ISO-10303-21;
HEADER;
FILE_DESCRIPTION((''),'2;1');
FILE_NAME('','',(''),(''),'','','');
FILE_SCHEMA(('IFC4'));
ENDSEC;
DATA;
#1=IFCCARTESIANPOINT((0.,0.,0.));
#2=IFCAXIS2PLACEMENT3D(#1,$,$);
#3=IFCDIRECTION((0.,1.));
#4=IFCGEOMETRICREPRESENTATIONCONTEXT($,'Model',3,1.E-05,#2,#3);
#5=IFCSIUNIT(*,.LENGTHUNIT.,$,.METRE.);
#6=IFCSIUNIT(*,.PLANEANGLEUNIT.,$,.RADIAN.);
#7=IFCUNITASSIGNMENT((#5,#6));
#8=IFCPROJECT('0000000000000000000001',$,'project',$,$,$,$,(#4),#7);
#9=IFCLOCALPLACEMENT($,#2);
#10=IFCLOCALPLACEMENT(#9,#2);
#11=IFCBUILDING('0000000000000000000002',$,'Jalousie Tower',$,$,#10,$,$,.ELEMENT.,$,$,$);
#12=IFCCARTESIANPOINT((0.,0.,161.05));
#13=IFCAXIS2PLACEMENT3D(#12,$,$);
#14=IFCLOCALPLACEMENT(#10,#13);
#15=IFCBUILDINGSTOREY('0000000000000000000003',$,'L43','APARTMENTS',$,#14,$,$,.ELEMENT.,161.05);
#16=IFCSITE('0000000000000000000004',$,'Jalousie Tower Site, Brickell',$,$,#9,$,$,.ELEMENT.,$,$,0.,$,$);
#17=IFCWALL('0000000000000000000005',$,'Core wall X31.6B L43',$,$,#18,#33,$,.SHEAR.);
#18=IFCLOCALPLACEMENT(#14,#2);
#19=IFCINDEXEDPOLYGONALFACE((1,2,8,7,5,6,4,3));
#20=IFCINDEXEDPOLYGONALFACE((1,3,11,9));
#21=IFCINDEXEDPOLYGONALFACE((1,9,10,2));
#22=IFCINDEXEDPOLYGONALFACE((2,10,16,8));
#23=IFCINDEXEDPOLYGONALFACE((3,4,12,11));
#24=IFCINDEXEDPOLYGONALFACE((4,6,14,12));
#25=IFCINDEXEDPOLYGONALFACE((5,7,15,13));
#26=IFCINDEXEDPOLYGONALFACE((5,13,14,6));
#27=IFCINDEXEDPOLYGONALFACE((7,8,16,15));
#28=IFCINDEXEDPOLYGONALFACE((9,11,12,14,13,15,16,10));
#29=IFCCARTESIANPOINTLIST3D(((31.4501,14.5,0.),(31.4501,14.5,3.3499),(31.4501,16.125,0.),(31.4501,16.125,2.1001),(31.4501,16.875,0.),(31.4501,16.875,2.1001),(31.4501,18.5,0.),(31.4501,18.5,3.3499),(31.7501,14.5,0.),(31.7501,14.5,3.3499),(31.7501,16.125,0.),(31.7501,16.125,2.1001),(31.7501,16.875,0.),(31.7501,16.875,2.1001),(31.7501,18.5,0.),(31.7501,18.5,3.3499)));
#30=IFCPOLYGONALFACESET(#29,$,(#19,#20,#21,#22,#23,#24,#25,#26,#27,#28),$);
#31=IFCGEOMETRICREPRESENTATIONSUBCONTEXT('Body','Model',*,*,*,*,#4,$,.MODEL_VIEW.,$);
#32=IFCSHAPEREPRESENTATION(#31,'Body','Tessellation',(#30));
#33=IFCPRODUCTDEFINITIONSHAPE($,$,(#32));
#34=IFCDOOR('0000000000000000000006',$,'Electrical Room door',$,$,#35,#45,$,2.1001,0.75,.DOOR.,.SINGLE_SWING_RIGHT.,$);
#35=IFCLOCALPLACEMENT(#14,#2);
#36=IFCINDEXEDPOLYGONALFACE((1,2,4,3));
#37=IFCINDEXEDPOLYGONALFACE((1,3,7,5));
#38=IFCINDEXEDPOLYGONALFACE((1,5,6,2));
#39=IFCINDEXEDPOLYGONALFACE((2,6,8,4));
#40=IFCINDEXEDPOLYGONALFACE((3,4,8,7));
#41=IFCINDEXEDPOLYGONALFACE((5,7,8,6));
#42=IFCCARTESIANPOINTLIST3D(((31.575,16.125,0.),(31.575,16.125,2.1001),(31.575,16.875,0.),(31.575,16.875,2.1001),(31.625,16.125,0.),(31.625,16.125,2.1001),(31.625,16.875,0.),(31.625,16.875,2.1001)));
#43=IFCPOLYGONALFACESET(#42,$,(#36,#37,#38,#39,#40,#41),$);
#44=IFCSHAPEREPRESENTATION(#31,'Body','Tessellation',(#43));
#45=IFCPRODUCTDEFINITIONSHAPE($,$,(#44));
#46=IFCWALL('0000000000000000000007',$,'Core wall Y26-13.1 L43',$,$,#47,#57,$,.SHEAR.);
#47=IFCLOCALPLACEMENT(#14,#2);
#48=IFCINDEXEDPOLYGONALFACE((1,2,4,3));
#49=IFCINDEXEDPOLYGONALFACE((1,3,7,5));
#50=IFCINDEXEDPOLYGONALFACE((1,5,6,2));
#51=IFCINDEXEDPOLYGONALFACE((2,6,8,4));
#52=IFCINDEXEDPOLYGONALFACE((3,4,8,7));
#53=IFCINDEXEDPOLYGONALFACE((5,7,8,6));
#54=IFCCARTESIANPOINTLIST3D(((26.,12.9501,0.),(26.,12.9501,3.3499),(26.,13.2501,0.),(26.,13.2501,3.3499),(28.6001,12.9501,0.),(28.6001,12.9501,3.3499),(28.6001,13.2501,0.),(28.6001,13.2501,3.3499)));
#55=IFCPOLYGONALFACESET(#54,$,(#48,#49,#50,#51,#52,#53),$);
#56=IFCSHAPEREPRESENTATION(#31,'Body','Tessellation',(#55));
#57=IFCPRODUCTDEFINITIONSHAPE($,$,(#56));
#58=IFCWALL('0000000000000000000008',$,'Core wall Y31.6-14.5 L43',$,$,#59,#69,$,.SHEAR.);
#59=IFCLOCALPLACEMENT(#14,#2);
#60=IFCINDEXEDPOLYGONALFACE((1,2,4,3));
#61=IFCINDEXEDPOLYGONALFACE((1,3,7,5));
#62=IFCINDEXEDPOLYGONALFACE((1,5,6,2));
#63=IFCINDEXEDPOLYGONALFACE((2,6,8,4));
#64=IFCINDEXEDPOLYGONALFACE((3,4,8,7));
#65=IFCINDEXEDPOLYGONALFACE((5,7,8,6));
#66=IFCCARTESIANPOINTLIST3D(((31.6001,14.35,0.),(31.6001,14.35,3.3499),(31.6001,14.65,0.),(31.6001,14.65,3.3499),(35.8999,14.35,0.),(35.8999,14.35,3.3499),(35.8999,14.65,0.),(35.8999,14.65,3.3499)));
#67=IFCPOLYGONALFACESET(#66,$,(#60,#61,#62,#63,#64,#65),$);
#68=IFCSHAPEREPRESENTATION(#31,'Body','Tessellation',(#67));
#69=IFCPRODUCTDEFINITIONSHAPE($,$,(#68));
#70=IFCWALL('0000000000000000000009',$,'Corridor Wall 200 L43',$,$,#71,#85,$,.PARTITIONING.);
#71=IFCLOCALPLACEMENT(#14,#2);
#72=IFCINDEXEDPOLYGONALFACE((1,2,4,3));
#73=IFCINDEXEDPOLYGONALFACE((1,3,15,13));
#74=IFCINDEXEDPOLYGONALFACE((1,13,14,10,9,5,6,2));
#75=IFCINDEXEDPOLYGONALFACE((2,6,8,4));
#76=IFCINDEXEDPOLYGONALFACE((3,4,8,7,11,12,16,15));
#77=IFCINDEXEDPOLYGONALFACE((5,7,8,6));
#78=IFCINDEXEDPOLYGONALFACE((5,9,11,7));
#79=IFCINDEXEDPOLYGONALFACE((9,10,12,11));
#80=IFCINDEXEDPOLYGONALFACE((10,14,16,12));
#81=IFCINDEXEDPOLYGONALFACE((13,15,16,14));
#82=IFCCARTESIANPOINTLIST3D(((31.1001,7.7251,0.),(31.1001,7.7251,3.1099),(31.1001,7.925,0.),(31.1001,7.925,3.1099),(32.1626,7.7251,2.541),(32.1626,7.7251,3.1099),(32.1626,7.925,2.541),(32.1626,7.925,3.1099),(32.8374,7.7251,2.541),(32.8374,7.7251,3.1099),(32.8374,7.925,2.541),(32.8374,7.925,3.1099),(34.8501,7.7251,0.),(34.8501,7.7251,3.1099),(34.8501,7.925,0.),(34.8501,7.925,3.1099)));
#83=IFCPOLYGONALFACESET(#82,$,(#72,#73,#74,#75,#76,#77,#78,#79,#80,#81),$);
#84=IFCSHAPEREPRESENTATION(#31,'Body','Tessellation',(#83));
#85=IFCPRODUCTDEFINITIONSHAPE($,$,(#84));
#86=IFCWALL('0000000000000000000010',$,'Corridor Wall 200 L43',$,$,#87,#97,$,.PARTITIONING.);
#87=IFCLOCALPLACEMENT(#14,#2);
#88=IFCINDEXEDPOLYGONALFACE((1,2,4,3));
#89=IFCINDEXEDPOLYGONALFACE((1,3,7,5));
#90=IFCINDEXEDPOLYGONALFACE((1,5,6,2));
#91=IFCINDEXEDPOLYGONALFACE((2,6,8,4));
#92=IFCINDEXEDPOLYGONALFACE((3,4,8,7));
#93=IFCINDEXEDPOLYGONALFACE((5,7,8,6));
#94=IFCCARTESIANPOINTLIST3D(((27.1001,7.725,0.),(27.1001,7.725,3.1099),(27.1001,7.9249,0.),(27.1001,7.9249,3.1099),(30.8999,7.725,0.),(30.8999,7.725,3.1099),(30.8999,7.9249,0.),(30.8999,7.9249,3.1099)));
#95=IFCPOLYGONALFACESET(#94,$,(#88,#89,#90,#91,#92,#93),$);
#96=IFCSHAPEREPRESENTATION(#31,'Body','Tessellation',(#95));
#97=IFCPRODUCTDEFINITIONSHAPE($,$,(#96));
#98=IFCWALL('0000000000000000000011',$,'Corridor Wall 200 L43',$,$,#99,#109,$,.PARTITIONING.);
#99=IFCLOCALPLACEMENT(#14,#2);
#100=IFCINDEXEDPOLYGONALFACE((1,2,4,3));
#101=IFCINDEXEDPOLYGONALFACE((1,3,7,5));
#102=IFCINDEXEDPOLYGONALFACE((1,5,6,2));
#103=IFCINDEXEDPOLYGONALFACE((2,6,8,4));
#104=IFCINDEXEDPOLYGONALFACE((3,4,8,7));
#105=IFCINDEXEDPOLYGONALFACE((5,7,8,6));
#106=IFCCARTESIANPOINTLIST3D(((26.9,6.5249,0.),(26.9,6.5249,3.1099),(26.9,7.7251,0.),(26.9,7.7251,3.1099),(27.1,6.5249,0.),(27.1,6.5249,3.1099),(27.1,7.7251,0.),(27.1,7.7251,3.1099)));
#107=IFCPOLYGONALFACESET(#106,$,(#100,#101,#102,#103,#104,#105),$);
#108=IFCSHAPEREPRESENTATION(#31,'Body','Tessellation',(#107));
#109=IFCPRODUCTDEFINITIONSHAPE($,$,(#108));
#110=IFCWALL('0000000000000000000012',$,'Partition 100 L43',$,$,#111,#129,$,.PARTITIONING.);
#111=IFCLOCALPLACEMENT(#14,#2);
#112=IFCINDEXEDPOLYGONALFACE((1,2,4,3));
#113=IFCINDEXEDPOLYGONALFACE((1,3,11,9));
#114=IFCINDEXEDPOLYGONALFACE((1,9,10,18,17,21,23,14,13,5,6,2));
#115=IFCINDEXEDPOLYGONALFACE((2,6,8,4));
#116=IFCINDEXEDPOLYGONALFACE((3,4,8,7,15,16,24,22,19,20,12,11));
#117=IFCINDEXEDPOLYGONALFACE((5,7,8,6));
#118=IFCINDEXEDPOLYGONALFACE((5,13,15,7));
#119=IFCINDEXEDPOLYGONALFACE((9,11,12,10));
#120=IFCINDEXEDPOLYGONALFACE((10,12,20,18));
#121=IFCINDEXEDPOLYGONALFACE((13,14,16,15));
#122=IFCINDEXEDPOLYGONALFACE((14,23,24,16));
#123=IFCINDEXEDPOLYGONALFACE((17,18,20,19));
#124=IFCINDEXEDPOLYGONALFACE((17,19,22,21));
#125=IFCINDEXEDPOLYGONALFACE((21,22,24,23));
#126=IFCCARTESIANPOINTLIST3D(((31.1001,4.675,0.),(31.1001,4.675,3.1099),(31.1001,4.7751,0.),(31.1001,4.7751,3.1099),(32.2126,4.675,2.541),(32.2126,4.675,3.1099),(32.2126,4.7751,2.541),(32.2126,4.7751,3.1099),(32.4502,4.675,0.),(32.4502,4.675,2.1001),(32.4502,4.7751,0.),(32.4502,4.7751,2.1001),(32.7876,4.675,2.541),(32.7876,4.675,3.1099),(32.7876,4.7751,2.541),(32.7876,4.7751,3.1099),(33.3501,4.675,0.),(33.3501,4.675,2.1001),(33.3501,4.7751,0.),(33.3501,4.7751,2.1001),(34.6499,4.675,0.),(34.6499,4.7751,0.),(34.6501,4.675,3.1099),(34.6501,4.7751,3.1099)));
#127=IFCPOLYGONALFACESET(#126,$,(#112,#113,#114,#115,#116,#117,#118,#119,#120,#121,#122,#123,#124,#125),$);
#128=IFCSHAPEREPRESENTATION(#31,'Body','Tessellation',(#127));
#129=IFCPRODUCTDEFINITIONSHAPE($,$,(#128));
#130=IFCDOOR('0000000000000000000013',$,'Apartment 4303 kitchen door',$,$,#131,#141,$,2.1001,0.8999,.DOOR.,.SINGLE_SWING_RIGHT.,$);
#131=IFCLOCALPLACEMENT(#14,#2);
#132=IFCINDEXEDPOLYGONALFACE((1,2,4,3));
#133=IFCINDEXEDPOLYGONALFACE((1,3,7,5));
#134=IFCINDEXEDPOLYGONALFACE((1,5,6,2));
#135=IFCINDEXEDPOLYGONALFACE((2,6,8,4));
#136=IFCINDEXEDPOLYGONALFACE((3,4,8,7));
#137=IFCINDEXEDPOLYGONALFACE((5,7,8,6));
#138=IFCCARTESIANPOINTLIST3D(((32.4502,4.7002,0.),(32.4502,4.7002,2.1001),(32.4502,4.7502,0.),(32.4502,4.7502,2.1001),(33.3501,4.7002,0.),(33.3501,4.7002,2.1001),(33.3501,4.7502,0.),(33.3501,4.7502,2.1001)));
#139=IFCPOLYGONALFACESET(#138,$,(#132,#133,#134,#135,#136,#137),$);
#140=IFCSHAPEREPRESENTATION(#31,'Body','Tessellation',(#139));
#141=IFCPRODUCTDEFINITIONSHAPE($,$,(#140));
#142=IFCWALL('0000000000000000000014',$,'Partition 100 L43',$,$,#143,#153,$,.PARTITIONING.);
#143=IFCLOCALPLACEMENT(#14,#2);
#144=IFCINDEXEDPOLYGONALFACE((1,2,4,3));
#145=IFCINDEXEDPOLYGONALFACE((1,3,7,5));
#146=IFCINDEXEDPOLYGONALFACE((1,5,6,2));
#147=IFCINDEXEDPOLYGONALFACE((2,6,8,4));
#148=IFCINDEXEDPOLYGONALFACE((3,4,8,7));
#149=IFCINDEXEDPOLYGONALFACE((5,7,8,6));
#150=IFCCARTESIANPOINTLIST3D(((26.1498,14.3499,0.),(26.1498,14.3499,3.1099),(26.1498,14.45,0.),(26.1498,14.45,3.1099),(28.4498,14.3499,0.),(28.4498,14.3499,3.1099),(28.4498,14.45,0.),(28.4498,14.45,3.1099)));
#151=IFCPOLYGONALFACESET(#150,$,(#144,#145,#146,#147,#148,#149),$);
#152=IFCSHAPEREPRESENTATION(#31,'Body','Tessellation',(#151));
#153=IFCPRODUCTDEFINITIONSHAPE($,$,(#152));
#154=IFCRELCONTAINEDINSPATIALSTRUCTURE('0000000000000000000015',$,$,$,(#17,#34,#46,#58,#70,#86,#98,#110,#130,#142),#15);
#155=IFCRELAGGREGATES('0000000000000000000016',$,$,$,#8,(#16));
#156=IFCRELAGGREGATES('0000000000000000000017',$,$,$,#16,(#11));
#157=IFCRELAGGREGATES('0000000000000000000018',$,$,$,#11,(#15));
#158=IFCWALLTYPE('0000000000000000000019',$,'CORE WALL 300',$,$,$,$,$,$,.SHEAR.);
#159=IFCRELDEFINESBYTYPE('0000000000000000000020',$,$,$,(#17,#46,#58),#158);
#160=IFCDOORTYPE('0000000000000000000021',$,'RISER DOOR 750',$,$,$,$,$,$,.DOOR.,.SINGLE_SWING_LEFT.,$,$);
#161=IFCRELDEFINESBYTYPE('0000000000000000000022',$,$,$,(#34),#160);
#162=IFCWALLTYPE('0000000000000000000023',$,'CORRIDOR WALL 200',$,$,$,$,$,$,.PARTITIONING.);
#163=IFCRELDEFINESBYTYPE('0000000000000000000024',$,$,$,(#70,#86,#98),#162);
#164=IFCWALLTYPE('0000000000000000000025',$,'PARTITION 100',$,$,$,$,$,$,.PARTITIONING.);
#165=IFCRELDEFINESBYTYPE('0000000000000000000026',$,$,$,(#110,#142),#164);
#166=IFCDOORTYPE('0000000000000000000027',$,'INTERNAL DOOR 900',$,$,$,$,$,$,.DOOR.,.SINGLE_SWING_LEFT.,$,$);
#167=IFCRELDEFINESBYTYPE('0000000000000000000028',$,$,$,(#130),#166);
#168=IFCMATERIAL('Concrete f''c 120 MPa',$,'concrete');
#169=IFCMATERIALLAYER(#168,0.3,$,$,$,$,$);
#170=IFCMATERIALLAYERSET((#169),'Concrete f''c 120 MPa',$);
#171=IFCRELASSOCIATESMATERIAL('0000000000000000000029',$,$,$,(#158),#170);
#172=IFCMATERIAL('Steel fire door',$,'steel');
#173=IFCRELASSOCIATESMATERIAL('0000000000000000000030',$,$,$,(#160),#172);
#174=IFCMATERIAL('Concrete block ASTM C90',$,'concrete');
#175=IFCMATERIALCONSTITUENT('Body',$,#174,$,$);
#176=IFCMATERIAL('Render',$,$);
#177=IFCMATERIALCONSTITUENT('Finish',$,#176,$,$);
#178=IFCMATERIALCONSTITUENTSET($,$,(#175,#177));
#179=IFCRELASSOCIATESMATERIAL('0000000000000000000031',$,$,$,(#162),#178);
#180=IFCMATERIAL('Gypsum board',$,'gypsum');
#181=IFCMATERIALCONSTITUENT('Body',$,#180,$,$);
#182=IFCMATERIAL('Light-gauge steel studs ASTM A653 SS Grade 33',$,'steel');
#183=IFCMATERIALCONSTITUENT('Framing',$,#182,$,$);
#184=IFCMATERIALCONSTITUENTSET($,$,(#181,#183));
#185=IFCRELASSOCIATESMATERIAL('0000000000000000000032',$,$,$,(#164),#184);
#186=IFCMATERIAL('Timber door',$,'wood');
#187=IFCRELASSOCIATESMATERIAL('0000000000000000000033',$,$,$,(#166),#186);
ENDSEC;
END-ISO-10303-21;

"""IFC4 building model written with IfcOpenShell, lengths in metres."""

from ifc_helpers import new_model, si_unit, direction, frame, frame_2d, origin, place, context, subcontext, project, spatial, polyline, rectangle, outline, extrude, material, layer, layer_set, constituent, constituent_set, type_object, element, fill, save


model = new_model("IFC4")

# Units and contexts
model_context = context("Model", 3, precision=1e-05, world=origin(), true_north=direction((0.0, 1.0)))
body_context = subcontext(model_context, "Body", "Model", "MODEL_VIEW")
ifc_project = project(units=[si_unit("LENGTHUNIT", "METRE"), si_unit("PLANEANGLEUNIT", "RADIAN")], contexts=[model_context])

# Site, building, storey
site_placement = place(None, origin())
site = spatial("IfcSite", under=ifc_project, at=site_placement, Name="Jalousie Tower Site, Brickell", CompositionType="ELEMENT", RefElevation=0.0)
building_placement = place(site_placement, origin())
building = spatial("IfcBuilding", under=site, at=building_placement, Name="Jalousie Tower", CompositionType="ELEMENT")
storey_placement = place(building_placement, frame((0.0, 0.0, 161.05)))
storey = spatial("IfcBuildingStorey", under=building, at=storey_placement, Name="L43", Description="APARTMENTS", CompositionType="ELEMENT", Elevation=161.05)

# Shared definitions
ifc_material_1 = material(Name="Concrete f'c 120 MPa", Category="concrete")
ifc_layer_1 = layer(ifc_material_1, 0.3)
ifc_layer_set_1 = layer_set([ifc_layer_1], Name="Concrete f'c 120 MPa")
wall_type_1 = type_object("IfcWallType", Name="CORE WALL 300", PredefinedType="SHEAR", material=ifc_layer_set_1)

# Wall, opening, door
ifc_material_2 = material(Name="Steel fire door", Category="steel")
door_type_1 = type_object("IfcDoorType", Name="RISER DOOR 750", OperationType="SINGLE_SWING_LEFT", PredefinedType="DOOR", material=ifc_material_2)
wall_1_placement = place(storey_placement, frame((31.6001, 14.5, 0.0), z_axis=(0.0, 0.0, 1.0), x_axis=(0.0, 1.0, 0.0)))
wall_1 = element("IfcWall", 1, at=wall_1_placement, inside=storey, type_object=wall_type_1, Name="Core wall X31.6B L43", PredefinedType="SHEAR", context=body_context, shape_type="SweptSolid", body=[
    extrude(rectangle(XDim=4.0, YDim=0.3, at=frame_2d((2.0, 0.0))), origin(), (0.0, 0.0, 1.0), 3.3499),
])
opening_1_placement = place(wall_1_placement, frame((1.625, 0.0, 0.0)))
opening_1 = element("IfcOpeningElement", 2, at=opening_1_placement, cuts=wall_1, PredefinedType="OPENING", context=body_context, shape_type="SweptSolid", body=[
    extrude(rectangle(XDim=0.75, YDim=2.1001, at=frame_2d((0.375, 1.05))), frame((0.0, 0.1599, 0.0), z_axis=(0.0, -1.0, 0.0), x_axis=(1.0, 0.0, 0.0)), (0.0, 0.0, 1.0), 0.3201),
])
door_1_placement = place(opening_1_placement, frame((0.75, 0.0, 0.0), z_axis=(0.0, 0.0, 1.0), x_axis=(-1.0, 0.0, 0.0)))
door_1 = element("IfcDoor", 3, at=door_1_placement, inside=storey, type_object=door_type_1, Name="Electrical Room door", OperationType="SINGLE_SWING_RIGHT", OverallHeight=2.1001, OverallWidth=0.75, PredefinedType="DOOR", context=body_context, shape_type="SweptSolid", body=[
    extrude(rectangle(XDim=0.75, YDim=2.1001, at=frame_2d((0.375, 1.05))), frame((0.0, 0.0249, 0.0), z_axis=(0.0, -1.0, 0.0), x_axis=(1.0, 0.0, 0.0)), (0.0, 0.0, 1.0), 0.05),
])
fill(opening_1, door_1)

# Walls
wall_2_placement = place(storey_placement, frame((26.0, 13.1001, 0.0), z_axis=(0.0, 0.0, 1.0), x_axis=(1.0, 0.0, 0.0)))
element("IfcWall", 4, at=wall_2_placement, inside=storey, type_object=wall_type_1, Name="Core wall Y26-13.1 L43", PredefinedType="SHEAR", context=body_context, shape_type="SweptSolid", body=[
    extrude(rectangle(XDim=2.6001, YDim=0.3, at=frame_2d((1.3, 0.0))), origin(), (0.0, 0.0, 1.0), 3.3499),
])
wall_3_placement = place(storey_placement, frame((31.6001, 14.5, 0.0), z_axis=(0.0, 0.0, 1.0), x_axis=(1.0, 0.0, 0.0)))
element("IfcWall", 5, at=wall_3_placement, inside=storey, type_object=wall_type_1, Name="Core wall Y31.6-14.5 L43", PredefinedType="SHEAR", context=body_context, shape_type="SweptSolid", body=[
    extrude(rectangle(XDim=4.2998, YDim=0.3, at=frame_2d((2.1499, 0.0))), origin(), (0.0, 0.0, 1.0), 3.3499),
])
ifc_material_3 = material(Name="Concrete block ASTM C90", Category="concrete")
ifc_constituent_1 = constituent(ifc_material_3, Name="Body")
ifc_material_4 = material(Name="Render")
ifc_constituent_2 = constituent(ifc_material_4, Name="Finish")
ifc_constituent_set_1 = constituent_set(constituents=[ifc_constituent_1, ifc_constituent_2])
wall_type_2 = type_object("IfcWallType", Name="CORRIDOR WALL 200", PredefinedType="PARTITIONING", material=ifc_constituent_set_1)
wall_4_placement = place(storey_placement, frame((31.1001, 7.825, 0.0), z_axis=(0.0, 0.0, 1.0), x_axis=(1.0, 0.0, 0.0)))
element("IfcWall", 6, at=wall_4_placement, inside=storey, type_object=wall_type_2, Name="Corridor Wall 200 L43", PredefinedType="PARTITIONING", context=body_context, shape_type="SweptSolid", body=[
    extrude(outline(polyline([(0.0, 0.0), (3.75, 0.0), (3.75, 3.1099), (1.7373, 3.1099), (1.7373, 2.541), (1.0625, 2.541), (1.0625, 3.1099), (0.0, 3.1099), (0.0, 0.0)])), frame((0.0, 0.1001, 0.0), z_axis=(0.0, -1.0, 0.0), x_axis=(1.0, 0.0, 0.0)), (0.0, 0.0, 1.0), 0.2),
])
wall_5_placement = place(storey_placement, frame((27.1001, 7.825, 0.0), z_axis=(0.0, 0.0, 1.0), x_axis=(1.0, 0.0, 0.0)))
element("IfcWall", 7, at=wall_5_placement, inside=storey, type_object=wall_type_2, Name="Corridor Wall 200 L43", PredefinedType="PARTITIONING", context=body_context, shape_type="SweptSolid", body=[
    extrude(rectangle(XDim=3.7998, YDim=0.2, at=frame_2d((1.8999, 0.0))), origin(), (0.0, 0.0, 1.0), 3.1099),
])
wall_6_placement = place(storey_placement, frame((27.0, 7.7251, 0.0), z_axis=(0.0, 0.0, 1.0), x_axis=(0.0, -1.0, 0.0)))
element("IfcWall", 8, at=wall_6_placement, inside=storey, type_object=wall_type_2, Name="Corridor Wall 200 L43", PredefinedType="PARTITIONING", context=body_context, shape_type="SweptSolid", body=[
    extrude(rectangle(XDim=1.2002, YDim=0.2, at=frame_2d((0.6001, 0.0))), origin(), (0.0, 0.0, 1.0), 3.1099),
])

# Wall, opening, door
ifc_material_5 = material(Name="Gypsum board", Category="gypsum")
ifc_constituent_3 = constituent(ifc_material_5, Name="Body")
ifc_material_6 = material(Name="Light-gauge steel studs ASTM A653 SS Grade 33", Category="steel")
ifc_constituent_4 = constituent(ifc_material_6, Name="Framing")
ifc_constituent_set_2 = constituent_set(constituents=[ifc_constituent_3, ifc_constituent_4])
wall_type_3 = type_object("IfcWallType", Name="PARTITION 100", PredefinedType="PARTITIONING", material=ifc_constituent_set_2)
wall_7_placement = place(storey_placement, frame((31.1001, 4.7251, 0.0), z_axis=(0.0, 0.0, 1.0), x_axis=(1.0, 0.0, 0.0)))
wall_7 = element("IfcWall", 9, at=wall_7_placement, inside=storey, type_object=wall_type_3, Name="Partition 100 L43", PredefinedType="PARTITIONING", context=body_context, shape_type="SweptSolid", body=[
    extrude(outline(polyline([(0.0, 0.0), (3.5498, 0.0), (3.55, 3.1099), (1.6875, 3.1099), (1.6875, 2.541), (1.1125, 2.541), (1.1125, 3.1099), (0.0, 3.1099), (0.0, 0.0)])), frame((0.0, 0.05, 0.0), z_axis=(0.0, -1.0, 0.0), x_axis=(1.0, 0.0, 0.0)), (0.0, 0.0, 1.0), 0.1001),
])
opening_2_placement = place(wall_7_placement, frame((1.3501, 0.0, 0.0)))
opening_2 = element("IfcOpeningElement", 10, at=opening_2_placement, cuts=wall_7, PredefinedType="OPENING", context=body_context, shape_type="SweptSolid", body=[
    extrude(rectangle(XDim=0.8999, YDim=2.1001, at=frame_2d((0.45, 1.05))), frame((0.0, 0.0601, 0.0), z_axis=(0.0, -1.0, 0.0), x_axis=(1.0, 0.0, 0.0)), (0.0, 0.0, 1.0), 0.1201),
])
ifc_material_7 = material(Name="Timber door", Category="wood")
door_type_2 = type_object("IfcDoorType", Name="INTERNAL DOOR 900", OperationType="SINGLE_SWING_LEFT", PredefinedType="DOOR", material=ifc_material_7)
door_2_placement = place(opening_2_placement, frame((0.8999, 0.0, 0.0), z_axis=(0.0, 0.0, 1.0), x_axis=(-1.0, 0.0, 0.0)))
door_2 = element("IfcDoor", 11, at=door_2_placement, inside=storey, type_object=door_type_2, Name="Apartment 4303 kitchen door", OperationType="SINGLE_SWING_RIGHT", OverallHeight=2.1001, OverallWidth=0.8999, PredefinedType="DOOR", context=body_context, shape_type="SweptSolid", body=[
    extrude(rectangle(XDim=0.8999, YDim=2.1001, at=frame_2d((0.45, 1.05))), frame((0.0, 0.0249, 0.0), z_axis=(0.0, -1.0, 0.0), x_axis=(1.0, 0.0, 0.0)), (0.0, 0.0, 1.0), 0.05),
])
fill(opening_2, door_2)

# Wall
wall_8_placement = place(storey_placement, frame((26.1499, 14.3999, 0.0), z_axis=(0.0, 0.0, 1.0), x_axis=(1.0, 0.0, 0.0)))
element("IfcWall", 12, at=wall_8_placement, inside=storey, type_object=wall_type_3, Name="Partition 100 L43", PredefinedType="PARTITIONING", context=body_context, shape_type="SweptSolid", body=[
    extrude(rectangle(XDim=2.3, YDim=0.1001, at=frame_2d((1.1499, 0.0))), origin(), (0.0, 0.0, 1.0), 3.1099),
])

save(model, "model.ifc")
